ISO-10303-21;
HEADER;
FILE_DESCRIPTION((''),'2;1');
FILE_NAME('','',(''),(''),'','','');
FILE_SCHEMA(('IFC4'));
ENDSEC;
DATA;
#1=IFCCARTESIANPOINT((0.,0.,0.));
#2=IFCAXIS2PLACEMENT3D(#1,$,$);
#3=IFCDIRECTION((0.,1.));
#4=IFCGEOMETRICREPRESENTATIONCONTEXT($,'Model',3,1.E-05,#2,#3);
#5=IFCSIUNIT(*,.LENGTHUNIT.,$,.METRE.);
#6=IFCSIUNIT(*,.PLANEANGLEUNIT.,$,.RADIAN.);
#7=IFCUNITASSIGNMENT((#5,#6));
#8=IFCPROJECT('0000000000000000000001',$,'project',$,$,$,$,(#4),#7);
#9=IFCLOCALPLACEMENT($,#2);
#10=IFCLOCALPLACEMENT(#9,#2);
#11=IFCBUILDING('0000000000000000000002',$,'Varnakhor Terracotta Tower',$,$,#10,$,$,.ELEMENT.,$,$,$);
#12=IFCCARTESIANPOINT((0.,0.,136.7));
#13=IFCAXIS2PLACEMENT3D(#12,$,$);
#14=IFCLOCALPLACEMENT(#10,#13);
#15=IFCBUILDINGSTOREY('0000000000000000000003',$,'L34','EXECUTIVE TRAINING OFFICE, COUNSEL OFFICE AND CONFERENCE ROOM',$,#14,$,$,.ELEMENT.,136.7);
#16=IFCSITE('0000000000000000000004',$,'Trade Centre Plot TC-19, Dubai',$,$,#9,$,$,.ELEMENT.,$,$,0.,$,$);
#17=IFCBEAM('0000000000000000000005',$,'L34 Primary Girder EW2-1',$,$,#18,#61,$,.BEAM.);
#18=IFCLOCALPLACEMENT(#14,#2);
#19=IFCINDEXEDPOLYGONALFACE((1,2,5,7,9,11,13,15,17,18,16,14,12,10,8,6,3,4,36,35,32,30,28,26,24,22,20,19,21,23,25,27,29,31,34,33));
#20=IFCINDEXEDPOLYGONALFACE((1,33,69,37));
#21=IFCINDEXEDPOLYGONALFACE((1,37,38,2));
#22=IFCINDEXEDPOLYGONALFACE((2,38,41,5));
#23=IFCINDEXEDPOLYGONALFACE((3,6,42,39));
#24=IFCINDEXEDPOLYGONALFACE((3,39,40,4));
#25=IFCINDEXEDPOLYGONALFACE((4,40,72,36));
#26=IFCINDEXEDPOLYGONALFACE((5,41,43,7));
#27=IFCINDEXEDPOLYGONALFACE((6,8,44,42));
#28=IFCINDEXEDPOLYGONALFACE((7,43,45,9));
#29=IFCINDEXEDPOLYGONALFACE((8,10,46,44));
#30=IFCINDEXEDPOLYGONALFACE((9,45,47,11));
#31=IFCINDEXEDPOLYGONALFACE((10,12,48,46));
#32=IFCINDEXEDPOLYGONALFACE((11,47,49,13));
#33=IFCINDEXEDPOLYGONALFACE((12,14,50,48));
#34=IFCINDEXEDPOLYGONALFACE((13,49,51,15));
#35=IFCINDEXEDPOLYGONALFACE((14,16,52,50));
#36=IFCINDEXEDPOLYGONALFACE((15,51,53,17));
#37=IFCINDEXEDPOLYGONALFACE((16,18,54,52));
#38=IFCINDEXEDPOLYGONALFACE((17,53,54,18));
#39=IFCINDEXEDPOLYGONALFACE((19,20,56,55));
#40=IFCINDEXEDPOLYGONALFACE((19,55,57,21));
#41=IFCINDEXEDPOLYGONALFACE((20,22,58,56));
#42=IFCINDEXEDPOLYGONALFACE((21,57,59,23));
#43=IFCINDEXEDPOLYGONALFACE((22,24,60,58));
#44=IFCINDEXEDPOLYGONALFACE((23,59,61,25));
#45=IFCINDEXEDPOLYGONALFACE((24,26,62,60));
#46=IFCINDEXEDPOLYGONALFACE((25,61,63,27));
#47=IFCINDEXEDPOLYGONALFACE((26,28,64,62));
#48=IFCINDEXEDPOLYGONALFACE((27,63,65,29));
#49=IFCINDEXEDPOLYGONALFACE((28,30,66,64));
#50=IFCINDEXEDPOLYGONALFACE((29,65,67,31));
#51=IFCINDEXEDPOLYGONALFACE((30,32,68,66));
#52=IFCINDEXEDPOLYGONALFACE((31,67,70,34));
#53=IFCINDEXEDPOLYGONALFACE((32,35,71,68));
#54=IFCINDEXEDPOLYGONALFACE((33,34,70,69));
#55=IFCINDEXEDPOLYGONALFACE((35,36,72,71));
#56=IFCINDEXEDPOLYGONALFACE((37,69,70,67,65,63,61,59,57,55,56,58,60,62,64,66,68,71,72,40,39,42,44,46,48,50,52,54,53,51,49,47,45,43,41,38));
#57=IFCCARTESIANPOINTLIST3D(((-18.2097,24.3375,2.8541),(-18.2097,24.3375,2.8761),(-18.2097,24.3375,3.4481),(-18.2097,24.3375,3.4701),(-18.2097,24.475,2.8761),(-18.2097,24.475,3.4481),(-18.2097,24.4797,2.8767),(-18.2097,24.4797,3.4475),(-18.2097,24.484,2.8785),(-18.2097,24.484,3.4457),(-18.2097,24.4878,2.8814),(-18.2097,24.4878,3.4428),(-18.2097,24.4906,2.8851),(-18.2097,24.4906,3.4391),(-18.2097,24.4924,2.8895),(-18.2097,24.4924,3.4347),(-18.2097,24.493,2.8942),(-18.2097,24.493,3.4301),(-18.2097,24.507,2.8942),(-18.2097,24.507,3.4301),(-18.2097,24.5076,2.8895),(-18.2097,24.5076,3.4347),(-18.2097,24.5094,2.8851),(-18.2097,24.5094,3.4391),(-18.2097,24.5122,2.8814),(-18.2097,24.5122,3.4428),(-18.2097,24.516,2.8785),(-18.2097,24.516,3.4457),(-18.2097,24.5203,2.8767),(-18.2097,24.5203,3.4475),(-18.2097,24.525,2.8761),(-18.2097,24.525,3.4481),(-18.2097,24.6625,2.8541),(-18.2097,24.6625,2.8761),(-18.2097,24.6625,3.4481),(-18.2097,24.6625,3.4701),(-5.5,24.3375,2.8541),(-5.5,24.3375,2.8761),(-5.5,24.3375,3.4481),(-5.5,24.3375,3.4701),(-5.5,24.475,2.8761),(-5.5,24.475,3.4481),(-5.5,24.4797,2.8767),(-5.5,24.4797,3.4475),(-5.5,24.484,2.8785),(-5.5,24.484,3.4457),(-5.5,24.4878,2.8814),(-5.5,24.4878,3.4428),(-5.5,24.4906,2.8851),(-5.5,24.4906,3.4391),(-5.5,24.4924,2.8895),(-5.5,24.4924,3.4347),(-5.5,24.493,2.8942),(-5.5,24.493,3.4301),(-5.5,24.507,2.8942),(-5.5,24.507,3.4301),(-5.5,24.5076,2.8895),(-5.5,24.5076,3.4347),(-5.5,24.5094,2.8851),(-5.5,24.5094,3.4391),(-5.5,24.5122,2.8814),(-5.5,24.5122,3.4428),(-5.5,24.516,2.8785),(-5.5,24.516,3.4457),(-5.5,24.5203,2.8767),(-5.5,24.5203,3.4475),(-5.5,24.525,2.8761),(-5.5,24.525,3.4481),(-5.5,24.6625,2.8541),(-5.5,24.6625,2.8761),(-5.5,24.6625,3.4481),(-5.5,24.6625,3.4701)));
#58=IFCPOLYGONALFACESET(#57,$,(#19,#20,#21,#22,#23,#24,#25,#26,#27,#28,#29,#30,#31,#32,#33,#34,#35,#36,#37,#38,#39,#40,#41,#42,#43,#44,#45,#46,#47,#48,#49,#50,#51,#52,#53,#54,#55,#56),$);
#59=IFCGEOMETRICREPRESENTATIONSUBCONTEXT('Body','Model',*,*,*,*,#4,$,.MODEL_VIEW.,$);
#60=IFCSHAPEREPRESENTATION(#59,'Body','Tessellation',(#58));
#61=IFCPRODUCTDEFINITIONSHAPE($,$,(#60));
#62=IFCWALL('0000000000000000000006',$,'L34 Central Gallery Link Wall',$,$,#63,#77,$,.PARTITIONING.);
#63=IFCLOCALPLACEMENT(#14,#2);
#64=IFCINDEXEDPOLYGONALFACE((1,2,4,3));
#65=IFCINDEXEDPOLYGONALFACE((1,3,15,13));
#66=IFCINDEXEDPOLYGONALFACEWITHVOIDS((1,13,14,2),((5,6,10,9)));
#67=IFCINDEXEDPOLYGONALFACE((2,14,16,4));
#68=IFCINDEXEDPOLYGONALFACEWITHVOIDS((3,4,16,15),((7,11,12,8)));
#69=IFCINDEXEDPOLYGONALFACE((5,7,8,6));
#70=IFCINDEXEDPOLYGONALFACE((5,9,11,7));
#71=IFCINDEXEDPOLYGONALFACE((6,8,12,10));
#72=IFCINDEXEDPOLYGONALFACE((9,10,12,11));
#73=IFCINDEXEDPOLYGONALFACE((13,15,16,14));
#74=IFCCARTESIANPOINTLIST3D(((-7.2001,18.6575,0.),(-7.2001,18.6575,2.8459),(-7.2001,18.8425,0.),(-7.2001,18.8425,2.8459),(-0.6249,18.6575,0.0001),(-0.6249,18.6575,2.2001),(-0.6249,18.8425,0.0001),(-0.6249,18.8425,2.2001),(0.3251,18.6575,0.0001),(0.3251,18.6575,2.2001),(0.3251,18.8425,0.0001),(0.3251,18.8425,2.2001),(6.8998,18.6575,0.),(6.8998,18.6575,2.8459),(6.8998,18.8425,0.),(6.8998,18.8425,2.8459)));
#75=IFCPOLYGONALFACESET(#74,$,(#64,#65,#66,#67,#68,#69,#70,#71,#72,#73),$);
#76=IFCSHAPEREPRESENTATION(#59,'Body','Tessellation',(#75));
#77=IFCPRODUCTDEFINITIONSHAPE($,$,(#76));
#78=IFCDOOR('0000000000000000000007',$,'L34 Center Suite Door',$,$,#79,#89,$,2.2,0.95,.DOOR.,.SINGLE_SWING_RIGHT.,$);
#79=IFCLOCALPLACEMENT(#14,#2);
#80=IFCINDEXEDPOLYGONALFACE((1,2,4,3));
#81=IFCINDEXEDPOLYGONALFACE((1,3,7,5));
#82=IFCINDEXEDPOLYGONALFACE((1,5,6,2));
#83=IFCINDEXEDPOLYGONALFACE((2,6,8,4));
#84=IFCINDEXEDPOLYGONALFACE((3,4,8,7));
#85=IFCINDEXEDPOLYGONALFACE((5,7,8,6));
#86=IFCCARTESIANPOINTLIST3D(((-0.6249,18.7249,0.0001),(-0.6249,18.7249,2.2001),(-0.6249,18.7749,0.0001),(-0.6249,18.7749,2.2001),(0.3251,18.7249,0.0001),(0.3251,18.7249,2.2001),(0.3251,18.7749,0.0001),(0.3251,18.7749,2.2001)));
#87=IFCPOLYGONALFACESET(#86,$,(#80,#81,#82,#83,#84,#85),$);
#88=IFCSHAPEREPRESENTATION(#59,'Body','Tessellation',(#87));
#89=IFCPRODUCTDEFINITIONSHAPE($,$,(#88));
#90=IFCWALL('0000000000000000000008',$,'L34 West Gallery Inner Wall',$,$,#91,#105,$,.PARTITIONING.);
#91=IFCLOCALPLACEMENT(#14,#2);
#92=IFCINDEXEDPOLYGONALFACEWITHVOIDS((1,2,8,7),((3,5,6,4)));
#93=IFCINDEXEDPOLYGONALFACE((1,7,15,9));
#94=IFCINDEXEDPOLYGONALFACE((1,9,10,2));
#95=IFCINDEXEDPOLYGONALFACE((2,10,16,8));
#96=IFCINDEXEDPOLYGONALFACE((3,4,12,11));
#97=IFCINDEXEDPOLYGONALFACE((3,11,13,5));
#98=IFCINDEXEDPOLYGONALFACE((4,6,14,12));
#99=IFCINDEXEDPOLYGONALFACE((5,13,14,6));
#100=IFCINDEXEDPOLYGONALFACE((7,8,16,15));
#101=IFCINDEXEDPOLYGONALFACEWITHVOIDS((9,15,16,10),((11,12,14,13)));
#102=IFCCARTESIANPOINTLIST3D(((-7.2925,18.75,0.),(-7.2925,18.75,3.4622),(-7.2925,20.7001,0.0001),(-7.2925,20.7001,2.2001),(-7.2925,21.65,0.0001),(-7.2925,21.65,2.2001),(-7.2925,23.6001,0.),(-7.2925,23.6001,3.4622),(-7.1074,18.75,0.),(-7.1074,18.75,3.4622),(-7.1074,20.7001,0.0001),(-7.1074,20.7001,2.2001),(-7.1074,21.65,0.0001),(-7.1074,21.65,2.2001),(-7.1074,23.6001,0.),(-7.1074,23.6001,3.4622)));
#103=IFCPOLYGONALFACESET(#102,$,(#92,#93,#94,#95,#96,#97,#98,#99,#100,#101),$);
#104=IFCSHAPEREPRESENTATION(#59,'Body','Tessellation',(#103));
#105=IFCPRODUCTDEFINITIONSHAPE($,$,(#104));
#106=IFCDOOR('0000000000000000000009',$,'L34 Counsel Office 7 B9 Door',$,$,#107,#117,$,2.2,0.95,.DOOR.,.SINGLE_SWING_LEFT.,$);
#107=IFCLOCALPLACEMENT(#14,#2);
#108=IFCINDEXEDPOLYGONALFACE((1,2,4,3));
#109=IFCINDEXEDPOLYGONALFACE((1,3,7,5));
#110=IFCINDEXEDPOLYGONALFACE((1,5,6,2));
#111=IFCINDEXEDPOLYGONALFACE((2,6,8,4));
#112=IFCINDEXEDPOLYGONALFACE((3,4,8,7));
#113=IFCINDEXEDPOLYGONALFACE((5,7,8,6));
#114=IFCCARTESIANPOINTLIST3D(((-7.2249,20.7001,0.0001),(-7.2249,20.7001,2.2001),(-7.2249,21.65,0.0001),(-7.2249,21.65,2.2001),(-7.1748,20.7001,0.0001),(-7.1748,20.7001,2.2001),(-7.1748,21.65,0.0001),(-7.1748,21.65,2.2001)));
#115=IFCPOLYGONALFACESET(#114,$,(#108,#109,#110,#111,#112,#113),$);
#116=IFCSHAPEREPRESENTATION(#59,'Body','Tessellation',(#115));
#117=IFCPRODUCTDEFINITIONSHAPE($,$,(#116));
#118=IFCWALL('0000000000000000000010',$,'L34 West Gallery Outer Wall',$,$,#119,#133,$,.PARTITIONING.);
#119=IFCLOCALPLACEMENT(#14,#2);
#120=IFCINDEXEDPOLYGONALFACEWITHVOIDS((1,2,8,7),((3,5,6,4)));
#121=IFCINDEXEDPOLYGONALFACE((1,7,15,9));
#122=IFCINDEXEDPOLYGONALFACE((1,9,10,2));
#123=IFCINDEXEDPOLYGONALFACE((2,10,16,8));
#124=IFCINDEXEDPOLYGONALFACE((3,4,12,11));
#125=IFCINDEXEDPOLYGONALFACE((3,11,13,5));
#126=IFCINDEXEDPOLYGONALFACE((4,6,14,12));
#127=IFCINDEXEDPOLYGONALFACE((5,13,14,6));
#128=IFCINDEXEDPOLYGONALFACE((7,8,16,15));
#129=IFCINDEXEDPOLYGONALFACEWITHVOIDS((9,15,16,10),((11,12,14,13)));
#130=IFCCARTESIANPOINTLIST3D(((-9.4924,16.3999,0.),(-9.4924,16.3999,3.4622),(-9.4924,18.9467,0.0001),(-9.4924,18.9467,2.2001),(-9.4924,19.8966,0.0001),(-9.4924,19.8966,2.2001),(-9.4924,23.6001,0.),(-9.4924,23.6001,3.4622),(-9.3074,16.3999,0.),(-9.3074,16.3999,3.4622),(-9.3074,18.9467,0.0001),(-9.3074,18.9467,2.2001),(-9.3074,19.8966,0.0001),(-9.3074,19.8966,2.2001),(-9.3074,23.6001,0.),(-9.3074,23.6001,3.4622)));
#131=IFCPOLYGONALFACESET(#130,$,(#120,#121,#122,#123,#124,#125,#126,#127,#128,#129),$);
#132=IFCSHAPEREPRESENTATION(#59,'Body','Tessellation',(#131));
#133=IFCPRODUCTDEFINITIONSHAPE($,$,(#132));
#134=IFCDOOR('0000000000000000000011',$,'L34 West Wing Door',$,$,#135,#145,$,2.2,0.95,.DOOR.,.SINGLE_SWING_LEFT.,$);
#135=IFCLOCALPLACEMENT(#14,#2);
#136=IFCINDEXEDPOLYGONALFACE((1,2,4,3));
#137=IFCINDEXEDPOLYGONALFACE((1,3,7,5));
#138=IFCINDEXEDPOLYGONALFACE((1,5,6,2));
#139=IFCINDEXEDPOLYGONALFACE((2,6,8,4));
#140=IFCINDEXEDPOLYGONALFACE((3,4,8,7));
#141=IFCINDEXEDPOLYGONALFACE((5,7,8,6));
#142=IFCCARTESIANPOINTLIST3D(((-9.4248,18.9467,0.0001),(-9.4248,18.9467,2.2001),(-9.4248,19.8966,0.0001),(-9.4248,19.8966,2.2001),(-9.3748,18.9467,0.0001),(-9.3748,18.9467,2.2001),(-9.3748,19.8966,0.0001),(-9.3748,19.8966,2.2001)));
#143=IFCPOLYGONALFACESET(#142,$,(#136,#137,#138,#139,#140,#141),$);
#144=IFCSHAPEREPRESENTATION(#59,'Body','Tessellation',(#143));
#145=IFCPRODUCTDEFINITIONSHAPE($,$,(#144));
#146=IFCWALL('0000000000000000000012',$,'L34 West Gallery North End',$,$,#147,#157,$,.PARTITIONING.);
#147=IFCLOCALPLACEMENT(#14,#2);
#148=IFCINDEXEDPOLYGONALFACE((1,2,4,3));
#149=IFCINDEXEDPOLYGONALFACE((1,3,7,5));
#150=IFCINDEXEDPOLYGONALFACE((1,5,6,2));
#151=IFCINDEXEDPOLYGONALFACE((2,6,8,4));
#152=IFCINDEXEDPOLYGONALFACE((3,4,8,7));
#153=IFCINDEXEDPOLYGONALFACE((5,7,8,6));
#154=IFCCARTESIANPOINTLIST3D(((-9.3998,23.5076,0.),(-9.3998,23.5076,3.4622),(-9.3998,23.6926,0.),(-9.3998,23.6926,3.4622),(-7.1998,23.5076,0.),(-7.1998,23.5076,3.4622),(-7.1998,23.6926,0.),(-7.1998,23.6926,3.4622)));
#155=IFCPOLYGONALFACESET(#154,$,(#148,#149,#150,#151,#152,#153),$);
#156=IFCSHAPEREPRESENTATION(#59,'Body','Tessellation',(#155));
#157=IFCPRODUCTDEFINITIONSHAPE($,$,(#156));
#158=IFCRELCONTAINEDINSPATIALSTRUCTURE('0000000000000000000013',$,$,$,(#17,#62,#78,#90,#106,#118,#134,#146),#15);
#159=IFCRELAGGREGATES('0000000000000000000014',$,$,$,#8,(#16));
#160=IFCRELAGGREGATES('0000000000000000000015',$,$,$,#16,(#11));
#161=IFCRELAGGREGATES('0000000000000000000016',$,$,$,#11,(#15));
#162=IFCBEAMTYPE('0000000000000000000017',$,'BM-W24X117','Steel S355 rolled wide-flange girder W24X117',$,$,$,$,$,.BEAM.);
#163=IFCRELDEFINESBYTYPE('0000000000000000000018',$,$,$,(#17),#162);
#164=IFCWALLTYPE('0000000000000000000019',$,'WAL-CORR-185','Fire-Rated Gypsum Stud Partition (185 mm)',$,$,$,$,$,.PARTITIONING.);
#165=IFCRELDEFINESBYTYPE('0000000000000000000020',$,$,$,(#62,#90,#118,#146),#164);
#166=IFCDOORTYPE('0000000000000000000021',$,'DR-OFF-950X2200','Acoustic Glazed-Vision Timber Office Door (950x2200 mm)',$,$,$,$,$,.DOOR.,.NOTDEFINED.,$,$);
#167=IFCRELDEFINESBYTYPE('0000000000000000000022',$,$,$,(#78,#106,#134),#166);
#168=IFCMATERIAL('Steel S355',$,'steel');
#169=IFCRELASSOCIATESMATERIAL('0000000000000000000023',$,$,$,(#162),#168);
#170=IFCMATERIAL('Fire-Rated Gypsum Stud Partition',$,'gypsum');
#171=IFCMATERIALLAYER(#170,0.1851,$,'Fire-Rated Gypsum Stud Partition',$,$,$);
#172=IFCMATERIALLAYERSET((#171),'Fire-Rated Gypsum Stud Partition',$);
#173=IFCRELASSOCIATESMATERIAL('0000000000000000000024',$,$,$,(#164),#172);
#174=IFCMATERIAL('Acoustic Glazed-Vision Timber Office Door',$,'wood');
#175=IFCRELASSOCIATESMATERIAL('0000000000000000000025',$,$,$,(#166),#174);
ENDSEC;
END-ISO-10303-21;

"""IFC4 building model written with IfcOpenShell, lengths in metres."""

from ifc_helpers import new_model, si_unit, direction, frame, frame_2d, origin, origin_2d, place, context, subcontext, project, spatial, rectangle, i_section, extrude, source, transform, mapped, material, layer, layer_set, material_profile, profile_set, type_object, type_shapes, element, fill, save


model = new_model("IFC4")

# Units and contexts
model_context = context("Model", 3, precision=1e-05, world=origin(), true_north=direction((0.0, 1.0)))
body_context = subcontext(model_context, "Body", "Model", "MODEL_VIEW")
ifc_project = project(units=[si_unit("LENGTHUNIT", "METRE"), si_unit("PLANEANGLEUNIT", "RADIAN")], contexts=[model_context])

# Site, building, storey
site_placement = place(None, origin())
site = spatial("IfcSite", under=ifc_project, at=site_placement, Name="Trade Centre Plot TC-19, Dubai", CompositionType="ELEMENT", RefElevation=0.0)
building_placement = place(site_placement, origin())
building = spatial("IfcBuilding", under=site, at=building_placement, Name="Varnakhor Terracotta Tower", CompositionType="ELEMENT")
storey_placement = place(building_placement, frame((0.0, 0.0, 136.7)))
storey = spatial("IfcBuildingStorey", under=building, at=storey_placement, Name="L34", Description="EXECUTIVE TRAINING OFFICE, COUNSEL OFFICE AND CONFERENCE ROOM", CompositionType="ELEMENT", Elevation=136.7)

# Beam
ifc_material_1 = material(Name="Steel S355", Category="steel")
ifc_material_profile_1 = material_profile(ifc_material_1, i_section(OverallWidth=0.325, OverallDepth=0.616, WebThickness=0.0139, FlangeThickness=0.022, FilletRadius=0.0181, at=origin_2d()), Name="W24X117")
ifc_profile_set_1 = profile_set([ifc_material_profile_1], Name="Steel S355")
beam_type_1 = type_object("IfcBeamType", Name="BM-W24X117", Description="Steel S355 rolled wide-flange girder W24X117", PredefinedType="BEAM", material=ifc_profile_set_1)
shared_shape_1 = source(origin(), body_context, "Body", "SweptSolid", [
    extrude(i_section(OverallWidth=0.325, OverallDepth=0.616, WebThickness=0.0139, FlangeThickness=0.022, FilletRadius=0.0181, at=origin_2d()), origin(), (0.0, 0.0, 1.0), 12.7097),
])
beam_1_placement = place(storey_placement, frame((-18.2097, 24.5, 3.1621), z_axis=(1.0, 0.0, 0.0), x_axis=(0.0, 1.0, 0.0)))
element("IfcBeam", 1, at=beam_1_placement, inside=storey, type_object=beam_type_1, Name="L34 Primary Girder EW2-1", PredefinedType="BEAM", context=body_context, shape_type="MappedRepresentation", body=[
    mapped(shared_shape_1, transform((0.0, 0.0, 0.0), scale=1.0)),
])

# Walls, openings, doors
ifc_material_2 = material(Name="Fire-Rated Gypsum Stud Partition", Category="gypsum")
ifc_layer_1 = layer(ifc_material_2, 0.1851, Name="Fire-Rated Gypsum Stud Partition")
ifc_layer_set_1 = layer_set([ifc_layer_1], Name="Fire-Rated Gypsum Stud Partition")
wall_type_1 = type_object("IfcWallType", Name="WAL-CORR-185", Description="Fire-Rated Gypsum Stud Partition (185 mm)", PredefinedType="PARTITIONING", material=ifc_layer_set_1)
wall_1_placement = place(storey_placement, frame((-7.2, 18.75, 0.0), z_axis=(0.0, 0.0, 1.0), x_axis=(1.0, 0.0, 0.0)))
wall_1 = element("IfcWall", 2, at=wall_1_placement, inside=storey, type_object=wall_type_1, Name="L34 Central Gallery Link Wall", PredefinedType="PARTITIONING", context=body_context, shape_type="SweptSolid", body=[
    extrude(rectangle(XDim=14.0999, YDim=0.1851, at=frame_2d((7.0498, 0.0))), origin(), (0.0, 0.0, 1.0), 2.8459),
])
opening_1_placement = place(wall_1_placement, frame((6.575, 0.0, 0.0)))
opening_1 = element("IfcOpeningElement", 3, at=opening_1_placement, cuts=wall_1, PredefinedType="OPENING", context=body_context, shape_type="SweptSolid", body=[
    extrude(rectangle(XDim=0.95, YDim=2.2, at=frame_2d((0.4751, 1.1001))), frame((0.0, 0.1025, 0.0), z_axis=(0.0, -1.0, 0.0), x_axis=(1.0, 0.0, 0.0)), (0.0, 0.0, 1.0), 0.2051),
])
ifc_material_3 = material(Name="Acoustic Glazed-Vision Timber Office Door", Category="wood")
door_type_1 = type_object("IfcDoorType", Name="DR-OFF-950X2200", Description="Acoustic Glazed-Vision Timber Office Door (950x2200 mm)", OperationType="NOTDEFINED", PredefinedType="DOOR", material=ifc_material_3)
shared_shape_2 = source(origin(), body_context, "Body", "SweptSolid", [
    extrude(rectangle(XDim=0.95, YDim=2.2, at=frame_2d((0.4751, 1.1001))), frame((0.0, 0.0249, 0.0), z_axis=(0.0, -1.0, 0.0), x_axis=(1.0, 0.0, 0.0)), (0.0, 0.0, 1.0), 0.05),
])
type_shapes(door_type_1, [shared_shape_2])
door_1_placement = place(opening_1_placement, origin())
door_1 = element("IfcDoor", 4, at=door_1_placement, inside=storey, type_object=door_type_1, Name="L34 Center Suite Door", OperationType="SINGLE_SWING_RIGHT", OverallHeight=2.2, OverallWidth=0.95, PredefinedType="DOOR", context=body_context, shape_type="MappedRepresentation", body=[
    mapped(shared_shape_2, transform((0.0, 0.0, 0.0), scale=1.0)),
])
fill(opening_1, door_1)
wall_2_placement = place(storey_placement, frame((-7.2, 18.75, 0.0), z_axis=(0.0, 0.0, 1.0), x_axis=(0.0, 1.0, 0.0)))
wall_2 = element("IfcWall", 5, at=wall_2_placement, inside=storey, type_object=wall_type_1, Name="L34 West Gallery Inner Wall", PredefinedType="PARTITIONING", context=body_context, shape_type="SweptSolid", body=[
    extrude(rectangle(XDim=4.8501, YDim=0.1851, at=frame_2d((2.425, 0.0))), origin(), (0.0, 0.0, 1.0), 3.4622),
])
opening_2_placement = place(wall_2_placement, frame((1.95, 0.0, 0.0)))
opening_2 = element("IfcOpeningElement", 6, at=opening_2_placement, cuts=wall_2, PredefinedType="OPENING", context=body_context, shape_type="SweptSolid", body=[
    extrude(rectangle(XDim=0.95, YDim=2.2, at=frame_2d((0.4751, 1.1001))), frame((0.0, 0.1025, 0.0), z_axis=(0.0, -1.0, 0.0), x_axis=(1.0, 0.0, 0.0)), (0.0, 0.0, 1.0), 0.2051),
])
door_2_placement = place(opening_2_placement, origin())
door_2 = element("IfcDoor", 7, at=door_2_placement, inside=storey, type_object=door_type_1, Name="L34 Counsel Office 7 B9 Door", OperationType="SINGLE_SWING_LEFT", OverallHeight=2.2, OverallWidth=0.95, PredefinedType="DOOR", context=body_context, shape_type="MappedRepresentation", body=[
    mapped(shared_shape_2, transform((0.0, 0.0, 0.0), scale=1.0)),
])
fill(opening_2, door_2)
wall_3_placement = place(storey_placement, frame((-9.3999, 16.3999, 0.0), z_axis=(0.0, 0.0, 1.0), x_axis=(0.0, 1.0, 0.0)))
wall_3 = element("IfcWall", 8, at=wall_3_placement, inside=storey, type_object=wall_type_1, Name="L34 West Gallery Outer Wall", PredefinedType="PARTITIONING", context=body_context, shape_type="SweptSolid", body=[
    extrude(rectangle(XDim=7.2002, YDim=0.1851, at=frame_2d((3.6001, 0.0))), origin(), (0.0, 0.0, 1.0), 3.4622),
])
opening_3_placement = place(wall_3_placement, frame((2.5466, 0.0, 0.0)))
opening_3 = element("IfcOpeningElement", 9, at=opening_3_placement, cuts=wall_3, PredefinedType="OPENING", context=body_context, shape_type="SweptSolid", body=[
    extrude(rectangle(XDim=0.95, YDim=2.2, at=frame_2d((0.4751, 1.1001))), frame((0.0, 0.1025, 0.0), z_axis=(0.0, -1.0, 0.0), x_axis=(1.0, 0.0, 0.0)), (0.0, 0.0, 1.0), 0.2051),
])
door_3_placement = place(opening_3_placement, origin())
door_3 = element("IfcDoor", 10, at=door_3_placement, inside=storey, type_object=door_type_1, Name="L34 West Wing Door", OperationType="SINGLE_SWING_LEFT", OverallHeight=2.2, OverallWidth=0.95, PredefinedType="DOOR", context=body_context, shape_type="MappedRepresentation", body=[
    mapped(shared_shape_2, transform((0.0, 0.0, 0.0), scale=1.0)),
])
fill(opening_3, door_3)

# Wall
wall_4_placement = place(storey_placement, frame((-9.3999, 23.6001, 0.0), z_axis=(0.0, 0.0, 1.0), x_axis=(1.0, 0.0, 0.0)))
element("IfcWall", 11, at=wall_4_placement, inside=storey, type_object=wall_type_1, Name="L34 West Gallery North End", PredefinedType="PARTITIONING", context=body_context, shape_type="SweptSolid", body=[
    extrude(rectangle(XDim=2.2, YDim=0.1851, at=frame_2d((1.1001, 0.0))), origin(), (0.0, 0.0, 1.0), 3.4622),
])

save(model, "model.ifc")
